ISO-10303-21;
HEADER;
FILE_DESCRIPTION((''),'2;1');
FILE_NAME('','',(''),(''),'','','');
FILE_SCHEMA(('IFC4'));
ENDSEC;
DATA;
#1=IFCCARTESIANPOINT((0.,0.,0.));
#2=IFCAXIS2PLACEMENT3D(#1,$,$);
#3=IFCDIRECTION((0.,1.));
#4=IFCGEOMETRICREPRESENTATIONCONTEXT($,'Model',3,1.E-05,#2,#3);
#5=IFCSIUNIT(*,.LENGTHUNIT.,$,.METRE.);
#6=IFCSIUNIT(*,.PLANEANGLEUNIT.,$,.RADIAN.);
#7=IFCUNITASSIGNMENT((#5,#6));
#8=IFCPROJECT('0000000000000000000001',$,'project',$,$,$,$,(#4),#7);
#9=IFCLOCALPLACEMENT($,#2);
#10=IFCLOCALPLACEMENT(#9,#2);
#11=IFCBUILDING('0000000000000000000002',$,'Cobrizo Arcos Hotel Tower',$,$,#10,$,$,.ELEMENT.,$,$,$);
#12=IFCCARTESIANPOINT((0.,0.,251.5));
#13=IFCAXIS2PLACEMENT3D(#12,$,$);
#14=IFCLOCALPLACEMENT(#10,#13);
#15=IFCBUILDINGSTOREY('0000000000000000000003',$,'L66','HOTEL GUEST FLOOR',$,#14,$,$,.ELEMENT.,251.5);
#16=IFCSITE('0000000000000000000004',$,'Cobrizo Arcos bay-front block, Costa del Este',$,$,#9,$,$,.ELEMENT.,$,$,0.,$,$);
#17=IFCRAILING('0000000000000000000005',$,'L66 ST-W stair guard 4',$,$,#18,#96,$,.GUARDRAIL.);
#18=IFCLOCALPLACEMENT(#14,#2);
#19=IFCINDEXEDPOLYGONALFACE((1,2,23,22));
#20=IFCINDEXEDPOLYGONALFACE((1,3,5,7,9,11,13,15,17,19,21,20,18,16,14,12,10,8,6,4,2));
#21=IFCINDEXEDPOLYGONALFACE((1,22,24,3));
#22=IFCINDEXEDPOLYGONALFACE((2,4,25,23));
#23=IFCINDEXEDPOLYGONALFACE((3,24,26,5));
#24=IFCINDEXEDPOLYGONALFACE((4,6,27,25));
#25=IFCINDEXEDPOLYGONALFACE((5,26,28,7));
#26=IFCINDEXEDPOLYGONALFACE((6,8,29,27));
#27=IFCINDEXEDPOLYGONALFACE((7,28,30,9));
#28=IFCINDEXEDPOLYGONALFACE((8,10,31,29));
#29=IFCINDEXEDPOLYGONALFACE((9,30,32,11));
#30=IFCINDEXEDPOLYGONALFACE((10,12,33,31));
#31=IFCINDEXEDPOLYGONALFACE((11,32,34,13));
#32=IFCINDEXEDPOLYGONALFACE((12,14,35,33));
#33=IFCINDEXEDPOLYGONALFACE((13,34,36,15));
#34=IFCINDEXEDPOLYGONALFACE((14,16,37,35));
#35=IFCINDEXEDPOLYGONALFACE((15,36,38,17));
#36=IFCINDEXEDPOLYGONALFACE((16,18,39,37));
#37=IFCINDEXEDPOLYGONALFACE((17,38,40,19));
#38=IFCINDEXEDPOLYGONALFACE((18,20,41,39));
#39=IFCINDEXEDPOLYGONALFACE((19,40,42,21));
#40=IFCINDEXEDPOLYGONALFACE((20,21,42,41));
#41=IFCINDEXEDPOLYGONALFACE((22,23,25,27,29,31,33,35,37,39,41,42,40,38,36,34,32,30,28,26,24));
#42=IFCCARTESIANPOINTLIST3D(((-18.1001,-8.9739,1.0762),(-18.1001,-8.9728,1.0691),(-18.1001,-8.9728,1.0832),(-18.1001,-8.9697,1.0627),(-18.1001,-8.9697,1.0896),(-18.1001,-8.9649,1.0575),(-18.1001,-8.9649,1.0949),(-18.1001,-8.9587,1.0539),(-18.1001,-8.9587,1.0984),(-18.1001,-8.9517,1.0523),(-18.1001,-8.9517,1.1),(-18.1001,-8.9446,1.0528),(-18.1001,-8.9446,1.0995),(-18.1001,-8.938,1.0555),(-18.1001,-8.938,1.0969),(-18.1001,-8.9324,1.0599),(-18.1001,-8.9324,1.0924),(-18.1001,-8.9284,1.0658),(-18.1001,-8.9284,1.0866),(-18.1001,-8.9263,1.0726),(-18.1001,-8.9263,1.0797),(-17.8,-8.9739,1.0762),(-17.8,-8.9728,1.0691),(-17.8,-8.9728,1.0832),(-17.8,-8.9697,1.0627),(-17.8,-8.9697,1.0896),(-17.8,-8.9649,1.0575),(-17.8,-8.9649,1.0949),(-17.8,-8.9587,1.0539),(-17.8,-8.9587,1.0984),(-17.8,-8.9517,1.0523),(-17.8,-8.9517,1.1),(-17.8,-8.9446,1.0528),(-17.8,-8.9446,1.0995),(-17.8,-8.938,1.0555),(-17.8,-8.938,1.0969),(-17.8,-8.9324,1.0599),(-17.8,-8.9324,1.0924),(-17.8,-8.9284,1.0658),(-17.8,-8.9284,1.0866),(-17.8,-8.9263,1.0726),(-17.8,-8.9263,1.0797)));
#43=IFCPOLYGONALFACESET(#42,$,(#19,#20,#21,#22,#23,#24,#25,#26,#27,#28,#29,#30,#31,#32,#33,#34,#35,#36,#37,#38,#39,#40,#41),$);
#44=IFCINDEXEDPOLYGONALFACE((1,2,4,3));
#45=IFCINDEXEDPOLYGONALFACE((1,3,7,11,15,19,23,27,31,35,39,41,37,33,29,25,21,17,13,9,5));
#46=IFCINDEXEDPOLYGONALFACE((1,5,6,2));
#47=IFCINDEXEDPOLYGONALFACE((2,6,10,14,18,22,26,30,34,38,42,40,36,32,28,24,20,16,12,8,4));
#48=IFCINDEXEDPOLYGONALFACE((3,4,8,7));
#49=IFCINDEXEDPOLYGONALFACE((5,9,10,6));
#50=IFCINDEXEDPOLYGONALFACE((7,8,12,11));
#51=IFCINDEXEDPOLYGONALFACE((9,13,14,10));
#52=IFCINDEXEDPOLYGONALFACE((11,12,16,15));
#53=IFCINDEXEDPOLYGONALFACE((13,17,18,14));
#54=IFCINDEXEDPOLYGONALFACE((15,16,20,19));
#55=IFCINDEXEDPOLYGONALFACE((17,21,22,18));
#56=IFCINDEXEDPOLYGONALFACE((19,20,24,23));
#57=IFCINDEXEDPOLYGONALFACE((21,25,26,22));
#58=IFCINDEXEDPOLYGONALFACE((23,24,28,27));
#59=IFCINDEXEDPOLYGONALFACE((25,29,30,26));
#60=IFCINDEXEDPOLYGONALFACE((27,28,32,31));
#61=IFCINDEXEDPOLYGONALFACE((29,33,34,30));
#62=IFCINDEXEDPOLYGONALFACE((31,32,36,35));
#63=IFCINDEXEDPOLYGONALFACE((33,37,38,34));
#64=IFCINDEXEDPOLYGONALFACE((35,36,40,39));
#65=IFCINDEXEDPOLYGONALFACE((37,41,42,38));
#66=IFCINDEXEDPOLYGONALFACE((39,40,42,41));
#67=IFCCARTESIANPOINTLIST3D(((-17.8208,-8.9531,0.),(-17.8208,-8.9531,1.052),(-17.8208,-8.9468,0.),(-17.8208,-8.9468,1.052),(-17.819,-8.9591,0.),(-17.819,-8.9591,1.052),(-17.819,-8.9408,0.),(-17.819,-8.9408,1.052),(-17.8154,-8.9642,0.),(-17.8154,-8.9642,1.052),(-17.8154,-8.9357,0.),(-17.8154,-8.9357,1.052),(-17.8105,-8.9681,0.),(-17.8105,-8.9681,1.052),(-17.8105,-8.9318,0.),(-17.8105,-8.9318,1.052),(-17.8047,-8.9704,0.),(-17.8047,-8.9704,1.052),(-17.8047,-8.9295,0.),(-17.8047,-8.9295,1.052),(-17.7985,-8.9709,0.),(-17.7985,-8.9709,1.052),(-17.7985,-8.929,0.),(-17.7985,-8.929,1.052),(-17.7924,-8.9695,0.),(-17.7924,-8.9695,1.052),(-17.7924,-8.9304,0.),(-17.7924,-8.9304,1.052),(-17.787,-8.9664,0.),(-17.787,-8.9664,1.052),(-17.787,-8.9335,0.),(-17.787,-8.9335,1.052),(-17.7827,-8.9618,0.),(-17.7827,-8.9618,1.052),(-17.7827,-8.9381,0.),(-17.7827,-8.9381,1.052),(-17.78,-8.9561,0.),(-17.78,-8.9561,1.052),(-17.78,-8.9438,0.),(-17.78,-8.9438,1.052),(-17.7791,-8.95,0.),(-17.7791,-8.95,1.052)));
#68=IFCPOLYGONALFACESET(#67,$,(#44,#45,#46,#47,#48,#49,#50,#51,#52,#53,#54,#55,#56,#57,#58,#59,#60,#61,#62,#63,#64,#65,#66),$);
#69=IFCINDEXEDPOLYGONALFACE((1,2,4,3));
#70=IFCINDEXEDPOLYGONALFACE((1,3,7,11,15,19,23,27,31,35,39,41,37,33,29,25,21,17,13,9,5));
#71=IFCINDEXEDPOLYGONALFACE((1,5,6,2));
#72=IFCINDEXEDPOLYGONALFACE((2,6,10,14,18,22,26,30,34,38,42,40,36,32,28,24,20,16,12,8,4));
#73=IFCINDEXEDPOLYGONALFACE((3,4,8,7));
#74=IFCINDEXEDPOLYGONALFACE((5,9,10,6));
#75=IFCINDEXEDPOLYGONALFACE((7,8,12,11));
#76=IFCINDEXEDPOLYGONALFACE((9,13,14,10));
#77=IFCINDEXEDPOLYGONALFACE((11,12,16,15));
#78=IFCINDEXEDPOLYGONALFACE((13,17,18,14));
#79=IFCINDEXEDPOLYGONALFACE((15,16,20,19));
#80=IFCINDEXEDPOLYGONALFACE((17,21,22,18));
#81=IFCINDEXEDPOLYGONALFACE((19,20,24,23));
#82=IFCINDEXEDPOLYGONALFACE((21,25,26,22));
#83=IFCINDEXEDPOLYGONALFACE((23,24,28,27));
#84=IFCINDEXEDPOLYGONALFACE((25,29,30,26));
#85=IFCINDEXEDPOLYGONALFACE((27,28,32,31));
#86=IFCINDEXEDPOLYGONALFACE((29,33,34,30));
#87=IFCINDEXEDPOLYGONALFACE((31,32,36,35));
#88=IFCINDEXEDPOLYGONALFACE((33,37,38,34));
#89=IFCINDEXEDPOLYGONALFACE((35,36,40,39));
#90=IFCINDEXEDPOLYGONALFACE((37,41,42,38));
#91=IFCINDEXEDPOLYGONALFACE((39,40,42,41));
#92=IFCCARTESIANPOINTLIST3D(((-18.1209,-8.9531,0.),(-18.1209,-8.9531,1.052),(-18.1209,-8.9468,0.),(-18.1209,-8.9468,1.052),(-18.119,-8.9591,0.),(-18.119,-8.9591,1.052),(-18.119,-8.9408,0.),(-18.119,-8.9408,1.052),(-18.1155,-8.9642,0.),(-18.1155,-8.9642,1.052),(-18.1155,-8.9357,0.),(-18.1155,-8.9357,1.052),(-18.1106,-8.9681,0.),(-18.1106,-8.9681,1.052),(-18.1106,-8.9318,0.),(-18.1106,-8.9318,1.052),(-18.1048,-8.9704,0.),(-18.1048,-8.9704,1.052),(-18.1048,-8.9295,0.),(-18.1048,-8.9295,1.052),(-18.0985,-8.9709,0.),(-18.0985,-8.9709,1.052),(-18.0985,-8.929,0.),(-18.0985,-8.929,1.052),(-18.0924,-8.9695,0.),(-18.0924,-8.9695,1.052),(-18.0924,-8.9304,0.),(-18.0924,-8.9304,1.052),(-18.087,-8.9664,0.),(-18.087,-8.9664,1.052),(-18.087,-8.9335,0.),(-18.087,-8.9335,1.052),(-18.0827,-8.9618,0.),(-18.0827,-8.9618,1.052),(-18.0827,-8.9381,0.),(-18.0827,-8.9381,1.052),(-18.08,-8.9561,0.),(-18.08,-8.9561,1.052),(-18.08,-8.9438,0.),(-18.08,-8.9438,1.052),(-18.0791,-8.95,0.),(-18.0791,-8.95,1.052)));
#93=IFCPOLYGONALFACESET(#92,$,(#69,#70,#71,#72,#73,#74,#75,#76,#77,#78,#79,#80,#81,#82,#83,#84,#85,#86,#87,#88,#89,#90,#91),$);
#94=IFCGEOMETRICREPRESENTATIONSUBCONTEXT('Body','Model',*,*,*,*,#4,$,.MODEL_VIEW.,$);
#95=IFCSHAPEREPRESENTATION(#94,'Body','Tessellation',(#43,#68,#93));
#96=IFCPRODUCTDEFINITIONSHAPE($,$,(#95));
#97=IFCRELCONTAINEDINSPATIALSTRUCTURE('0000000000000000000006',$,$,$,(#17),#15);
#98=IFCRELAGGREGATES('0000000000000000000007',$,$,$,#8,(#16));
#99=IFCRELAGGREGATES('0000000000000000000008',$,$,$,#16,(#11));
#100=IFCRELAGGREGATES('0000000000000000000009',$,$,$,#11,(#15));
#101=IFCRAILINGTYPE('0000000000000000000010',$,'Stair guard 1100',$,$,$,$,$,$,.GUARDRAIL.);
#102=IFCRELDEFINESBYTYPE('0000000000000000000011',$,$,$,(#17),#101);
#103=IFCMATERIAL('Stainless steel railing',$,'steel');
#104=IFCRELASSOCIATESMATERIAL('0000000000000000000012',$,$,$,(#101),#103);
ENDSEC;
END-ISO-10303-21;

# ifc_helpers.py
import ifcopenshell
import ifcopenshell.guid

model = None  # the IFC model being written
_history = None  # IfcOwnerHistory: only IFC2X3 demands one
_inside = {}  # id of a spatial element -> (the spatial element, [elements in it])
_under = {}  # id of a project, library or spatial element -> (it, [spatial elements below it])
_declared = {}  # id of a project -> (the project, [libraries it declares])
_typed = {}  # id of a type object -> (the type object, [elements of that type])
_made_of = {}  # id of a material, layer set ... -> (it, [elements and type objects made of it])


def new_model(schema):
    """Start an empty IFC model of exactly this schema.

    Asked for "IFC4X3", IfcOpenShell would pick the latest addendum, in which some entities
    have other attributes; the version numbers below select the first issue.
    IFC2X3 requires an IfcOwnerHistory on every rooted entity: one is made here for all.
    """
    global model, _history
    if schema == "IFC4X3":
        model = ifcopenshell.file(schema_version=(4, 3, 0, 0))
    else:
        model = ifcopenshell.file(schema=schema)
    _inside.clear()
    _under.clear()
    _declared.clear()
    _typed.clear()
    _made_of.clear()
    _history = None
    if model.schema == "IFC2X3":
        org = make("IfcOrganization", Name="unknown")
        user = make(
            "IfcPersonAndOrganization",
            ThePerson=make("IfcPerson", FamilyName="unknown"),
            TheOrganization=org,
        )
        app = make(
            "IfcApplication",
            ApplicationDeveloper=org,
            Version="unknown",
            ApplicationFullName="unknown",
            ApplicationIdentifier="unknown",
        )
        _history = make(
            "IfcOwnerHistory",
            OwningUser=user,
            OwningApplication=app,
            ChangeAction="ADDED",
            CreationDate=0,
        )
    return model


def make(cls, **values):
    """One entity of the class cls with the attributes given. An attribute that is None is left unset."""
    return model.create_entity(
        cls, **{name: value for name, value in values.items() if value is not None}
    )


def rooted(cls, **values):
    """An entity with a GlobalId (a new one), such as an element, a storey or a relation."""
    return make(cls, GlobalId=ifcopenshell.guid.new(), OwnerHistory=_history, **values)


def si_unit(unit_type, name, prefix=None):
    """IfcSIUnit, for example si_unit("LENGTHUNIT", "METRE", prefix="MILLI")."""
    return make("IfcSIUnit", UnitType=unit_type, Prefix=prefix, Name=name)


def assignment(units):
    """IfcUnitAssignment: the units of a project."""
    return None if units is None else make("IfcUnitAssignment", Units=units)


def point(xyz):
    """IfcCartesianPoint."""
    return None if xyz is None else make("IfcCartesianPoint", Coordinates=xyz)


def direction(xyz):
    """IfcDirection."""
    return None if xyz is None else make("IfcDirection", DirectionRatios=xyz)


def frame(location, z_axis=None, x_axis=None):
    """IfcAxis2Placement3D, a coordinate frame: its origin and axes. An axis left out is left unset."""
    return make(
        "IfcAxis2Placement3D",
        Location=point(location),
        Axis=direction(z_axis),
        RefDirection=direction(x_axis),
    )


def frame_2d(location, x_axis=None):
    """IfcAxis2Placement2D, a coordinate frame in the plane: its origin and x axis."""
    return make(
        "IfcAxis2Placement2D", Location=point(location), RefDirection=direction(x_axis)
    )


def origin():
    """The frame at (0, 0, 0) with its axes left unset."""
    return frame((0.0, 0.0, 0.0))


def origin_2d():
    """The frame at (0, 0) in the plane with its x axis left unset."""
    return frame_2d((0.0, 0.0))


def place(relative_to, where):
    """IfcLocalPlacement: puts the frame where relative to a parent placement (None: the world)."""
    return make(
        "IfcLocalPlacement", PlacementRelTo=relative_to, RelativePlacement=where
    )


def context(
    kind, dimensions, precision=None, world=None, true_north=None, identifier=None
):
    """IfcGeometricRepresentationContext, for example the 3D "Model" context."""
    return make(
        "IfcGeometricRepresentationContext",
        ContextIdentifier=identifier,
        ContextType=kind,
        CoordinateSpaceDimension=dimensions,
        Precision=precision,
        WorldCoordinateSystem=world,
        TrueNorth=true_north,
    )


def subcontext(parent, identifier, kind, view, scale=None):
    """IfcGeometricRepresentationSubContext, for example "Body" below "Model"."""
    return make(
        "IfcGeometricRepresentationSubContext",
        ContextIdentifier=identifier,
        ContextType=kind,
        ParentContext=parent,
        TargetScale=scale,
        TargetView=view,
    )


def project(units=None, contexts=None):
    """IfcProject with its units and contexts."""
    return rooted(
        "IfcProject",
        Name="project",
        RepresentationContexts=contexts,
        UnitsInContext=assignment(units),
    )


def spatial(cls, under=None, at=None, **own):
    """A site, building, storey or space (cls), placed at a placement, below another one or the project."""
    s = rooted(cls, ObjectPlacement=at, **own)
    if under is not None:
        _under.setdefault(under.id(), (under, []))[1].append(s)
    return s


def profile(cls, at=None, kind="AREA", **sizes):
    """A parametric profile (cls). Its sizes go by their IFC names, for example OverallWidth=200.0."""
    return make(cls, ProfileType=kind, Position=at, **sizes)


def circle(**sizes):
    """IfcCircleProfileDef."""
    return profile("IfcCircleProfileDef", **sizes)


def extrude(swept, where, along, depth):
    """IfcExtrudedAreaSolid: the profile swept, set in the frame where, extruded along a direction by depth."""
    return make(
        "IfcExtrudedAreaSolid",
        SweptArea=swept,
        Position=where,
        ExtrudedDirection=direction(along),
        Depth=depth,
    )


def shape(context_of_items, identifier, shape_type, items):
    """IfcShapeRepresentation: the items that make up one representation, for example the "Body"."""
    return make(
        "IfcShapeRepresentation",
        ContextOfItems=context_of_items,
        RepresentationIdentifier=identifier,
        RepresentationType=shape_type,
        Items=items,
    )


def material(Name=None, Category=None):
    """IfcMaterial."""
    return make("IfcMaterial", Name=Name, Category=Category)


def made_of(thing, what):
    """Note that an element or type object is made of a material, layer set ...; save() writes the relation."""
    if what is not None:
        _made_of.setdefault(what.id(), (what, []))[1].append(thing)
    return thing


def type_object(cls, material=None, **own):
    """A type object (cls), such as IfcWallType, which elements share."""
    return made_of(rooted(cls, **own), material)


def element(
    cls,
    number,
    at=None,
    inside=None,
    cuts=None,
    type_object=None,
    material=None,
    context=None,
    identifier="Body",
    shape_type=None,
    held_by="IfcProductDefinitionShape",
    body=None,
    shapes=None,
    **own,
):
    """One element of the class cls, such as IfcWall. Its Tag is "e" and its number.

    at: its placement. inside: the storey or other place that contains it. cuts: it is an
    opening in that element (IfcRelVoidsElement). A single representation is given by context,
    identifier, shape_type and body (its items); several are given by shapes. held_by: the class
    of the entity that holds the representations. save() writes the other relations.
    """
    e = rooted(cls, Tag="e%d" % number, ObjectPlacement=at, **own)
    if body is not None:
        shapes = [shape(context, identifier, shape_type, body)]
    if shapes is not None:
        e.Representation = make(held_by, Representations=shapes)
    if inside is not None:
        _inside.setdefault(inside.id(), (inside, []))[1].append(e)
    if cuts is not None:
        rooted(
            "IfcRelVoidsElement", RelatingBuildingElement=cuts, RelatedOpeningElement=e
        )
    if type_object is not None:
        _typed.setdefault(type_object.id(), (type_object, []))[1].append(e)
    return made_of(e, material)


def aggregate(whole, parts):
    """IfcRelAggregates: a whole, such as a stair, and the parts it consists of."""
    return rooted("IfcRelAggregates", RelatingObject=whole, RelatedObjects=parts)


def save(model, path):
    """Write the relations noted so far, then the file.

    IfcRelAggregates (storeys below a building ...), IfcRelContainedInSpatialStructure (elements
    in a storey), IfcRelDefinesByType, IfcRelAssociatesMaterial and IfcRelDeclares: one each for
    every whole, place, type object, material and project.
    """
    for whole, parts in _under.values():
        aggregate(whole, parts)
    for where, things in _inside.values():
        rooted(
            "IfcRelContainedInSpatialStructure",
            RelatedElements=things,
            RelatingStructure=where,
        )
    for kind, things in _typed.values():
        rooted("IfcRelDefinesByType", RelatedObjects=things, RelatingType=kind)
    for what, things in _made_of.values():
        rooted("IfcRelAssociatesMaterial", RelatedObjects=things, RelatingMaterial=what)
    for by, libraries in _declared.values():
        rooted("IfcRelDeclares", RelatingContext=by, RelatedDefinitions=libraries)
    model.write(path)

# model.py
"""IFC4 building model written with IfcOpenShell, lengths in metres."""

from ifc_helpers import new_model, si_unit, direction, frame, origin, origin_2d, place, context, subcontext, project, spatial, circle, extrude, material, type_object, element, save


model = new_model("IFC4")

# Units and contexts
model_context = context("Model", 3, precision=1e-05, world=origin(), true_north=direction((0.0, 1.0)))
body_context = subcontext(model_context, "Body", "Model", "MODEL_VIEW")
ifc_project = project(units=[si_unit("LENGTHUNIT", "METRE"), si_unit("PLANEANGLEUNIT", "RADIAN")], contexts=[model_context])

# Site, building, storey
site_placement = place(None, origin())
site = spatial("IfcSite", under=ifc_project, at=site_placement, Name="Cobrizo Arcos bay-front block, Costa del Este", CompositionType="ELEMENT", RefElevation=0.0)
building_placement = place(site_placement, origin())
building = spatial("IfcBuilding", under=site, at=building_placement, Name="Cobrizo Arcos Hotel Tower", CompositionType="ELEMENT")
storey_placement = place(building_placement, frame((0.0, 0.0, 251.5)))
storey = spatial("IfcBuildingStorey", under=building, at=storey_placement, Name="L66", Description="HOTEL GUEST FLOOR", CompositionType="ELEMENT", Elevation=251.5)

# Railing
ifc_material_1 = material(Name="Stainless steel railing", Category="steel")
railing_type_1 = type_object("IfcRailingType", Name="Stair guard 1100", PredefinedType="GUARDRAIL", material=ifc_material_1)
railing_1_placement = place(storey_placement, frame((-17.8, -8.95, 0.0)))
element("IfcRailing", 1, at=railing_1_placement, inside=storey, type_object=railing_type_1, Name="L66 ST-W stair guard 4", PredefinedType="GUARDRAIL", context=body_context, shape_type="SweptSolid", body=[
    extrude(circle(Radius=0.0239, at=origin_2d()), frame((0.0, 0.0, 1.0762), z_axis=(-1.0, 0.0, 0.0), x_axis=(0.0, -1.0, 0.0)), (0.0, 0.0, 1.0), 0.3),
    extrude(circle(Radius=0.021, at=origin_2d()), origin(), (0.0, 0.0, 1.0), 1.052),
    extrude(circle(Radius=0.021, at=origin_2d()), frame((-0.3, 0.0, 0.0)), (0.0, 0.0, 1.0), 1.052),
])

save(model, "model.ifc")
